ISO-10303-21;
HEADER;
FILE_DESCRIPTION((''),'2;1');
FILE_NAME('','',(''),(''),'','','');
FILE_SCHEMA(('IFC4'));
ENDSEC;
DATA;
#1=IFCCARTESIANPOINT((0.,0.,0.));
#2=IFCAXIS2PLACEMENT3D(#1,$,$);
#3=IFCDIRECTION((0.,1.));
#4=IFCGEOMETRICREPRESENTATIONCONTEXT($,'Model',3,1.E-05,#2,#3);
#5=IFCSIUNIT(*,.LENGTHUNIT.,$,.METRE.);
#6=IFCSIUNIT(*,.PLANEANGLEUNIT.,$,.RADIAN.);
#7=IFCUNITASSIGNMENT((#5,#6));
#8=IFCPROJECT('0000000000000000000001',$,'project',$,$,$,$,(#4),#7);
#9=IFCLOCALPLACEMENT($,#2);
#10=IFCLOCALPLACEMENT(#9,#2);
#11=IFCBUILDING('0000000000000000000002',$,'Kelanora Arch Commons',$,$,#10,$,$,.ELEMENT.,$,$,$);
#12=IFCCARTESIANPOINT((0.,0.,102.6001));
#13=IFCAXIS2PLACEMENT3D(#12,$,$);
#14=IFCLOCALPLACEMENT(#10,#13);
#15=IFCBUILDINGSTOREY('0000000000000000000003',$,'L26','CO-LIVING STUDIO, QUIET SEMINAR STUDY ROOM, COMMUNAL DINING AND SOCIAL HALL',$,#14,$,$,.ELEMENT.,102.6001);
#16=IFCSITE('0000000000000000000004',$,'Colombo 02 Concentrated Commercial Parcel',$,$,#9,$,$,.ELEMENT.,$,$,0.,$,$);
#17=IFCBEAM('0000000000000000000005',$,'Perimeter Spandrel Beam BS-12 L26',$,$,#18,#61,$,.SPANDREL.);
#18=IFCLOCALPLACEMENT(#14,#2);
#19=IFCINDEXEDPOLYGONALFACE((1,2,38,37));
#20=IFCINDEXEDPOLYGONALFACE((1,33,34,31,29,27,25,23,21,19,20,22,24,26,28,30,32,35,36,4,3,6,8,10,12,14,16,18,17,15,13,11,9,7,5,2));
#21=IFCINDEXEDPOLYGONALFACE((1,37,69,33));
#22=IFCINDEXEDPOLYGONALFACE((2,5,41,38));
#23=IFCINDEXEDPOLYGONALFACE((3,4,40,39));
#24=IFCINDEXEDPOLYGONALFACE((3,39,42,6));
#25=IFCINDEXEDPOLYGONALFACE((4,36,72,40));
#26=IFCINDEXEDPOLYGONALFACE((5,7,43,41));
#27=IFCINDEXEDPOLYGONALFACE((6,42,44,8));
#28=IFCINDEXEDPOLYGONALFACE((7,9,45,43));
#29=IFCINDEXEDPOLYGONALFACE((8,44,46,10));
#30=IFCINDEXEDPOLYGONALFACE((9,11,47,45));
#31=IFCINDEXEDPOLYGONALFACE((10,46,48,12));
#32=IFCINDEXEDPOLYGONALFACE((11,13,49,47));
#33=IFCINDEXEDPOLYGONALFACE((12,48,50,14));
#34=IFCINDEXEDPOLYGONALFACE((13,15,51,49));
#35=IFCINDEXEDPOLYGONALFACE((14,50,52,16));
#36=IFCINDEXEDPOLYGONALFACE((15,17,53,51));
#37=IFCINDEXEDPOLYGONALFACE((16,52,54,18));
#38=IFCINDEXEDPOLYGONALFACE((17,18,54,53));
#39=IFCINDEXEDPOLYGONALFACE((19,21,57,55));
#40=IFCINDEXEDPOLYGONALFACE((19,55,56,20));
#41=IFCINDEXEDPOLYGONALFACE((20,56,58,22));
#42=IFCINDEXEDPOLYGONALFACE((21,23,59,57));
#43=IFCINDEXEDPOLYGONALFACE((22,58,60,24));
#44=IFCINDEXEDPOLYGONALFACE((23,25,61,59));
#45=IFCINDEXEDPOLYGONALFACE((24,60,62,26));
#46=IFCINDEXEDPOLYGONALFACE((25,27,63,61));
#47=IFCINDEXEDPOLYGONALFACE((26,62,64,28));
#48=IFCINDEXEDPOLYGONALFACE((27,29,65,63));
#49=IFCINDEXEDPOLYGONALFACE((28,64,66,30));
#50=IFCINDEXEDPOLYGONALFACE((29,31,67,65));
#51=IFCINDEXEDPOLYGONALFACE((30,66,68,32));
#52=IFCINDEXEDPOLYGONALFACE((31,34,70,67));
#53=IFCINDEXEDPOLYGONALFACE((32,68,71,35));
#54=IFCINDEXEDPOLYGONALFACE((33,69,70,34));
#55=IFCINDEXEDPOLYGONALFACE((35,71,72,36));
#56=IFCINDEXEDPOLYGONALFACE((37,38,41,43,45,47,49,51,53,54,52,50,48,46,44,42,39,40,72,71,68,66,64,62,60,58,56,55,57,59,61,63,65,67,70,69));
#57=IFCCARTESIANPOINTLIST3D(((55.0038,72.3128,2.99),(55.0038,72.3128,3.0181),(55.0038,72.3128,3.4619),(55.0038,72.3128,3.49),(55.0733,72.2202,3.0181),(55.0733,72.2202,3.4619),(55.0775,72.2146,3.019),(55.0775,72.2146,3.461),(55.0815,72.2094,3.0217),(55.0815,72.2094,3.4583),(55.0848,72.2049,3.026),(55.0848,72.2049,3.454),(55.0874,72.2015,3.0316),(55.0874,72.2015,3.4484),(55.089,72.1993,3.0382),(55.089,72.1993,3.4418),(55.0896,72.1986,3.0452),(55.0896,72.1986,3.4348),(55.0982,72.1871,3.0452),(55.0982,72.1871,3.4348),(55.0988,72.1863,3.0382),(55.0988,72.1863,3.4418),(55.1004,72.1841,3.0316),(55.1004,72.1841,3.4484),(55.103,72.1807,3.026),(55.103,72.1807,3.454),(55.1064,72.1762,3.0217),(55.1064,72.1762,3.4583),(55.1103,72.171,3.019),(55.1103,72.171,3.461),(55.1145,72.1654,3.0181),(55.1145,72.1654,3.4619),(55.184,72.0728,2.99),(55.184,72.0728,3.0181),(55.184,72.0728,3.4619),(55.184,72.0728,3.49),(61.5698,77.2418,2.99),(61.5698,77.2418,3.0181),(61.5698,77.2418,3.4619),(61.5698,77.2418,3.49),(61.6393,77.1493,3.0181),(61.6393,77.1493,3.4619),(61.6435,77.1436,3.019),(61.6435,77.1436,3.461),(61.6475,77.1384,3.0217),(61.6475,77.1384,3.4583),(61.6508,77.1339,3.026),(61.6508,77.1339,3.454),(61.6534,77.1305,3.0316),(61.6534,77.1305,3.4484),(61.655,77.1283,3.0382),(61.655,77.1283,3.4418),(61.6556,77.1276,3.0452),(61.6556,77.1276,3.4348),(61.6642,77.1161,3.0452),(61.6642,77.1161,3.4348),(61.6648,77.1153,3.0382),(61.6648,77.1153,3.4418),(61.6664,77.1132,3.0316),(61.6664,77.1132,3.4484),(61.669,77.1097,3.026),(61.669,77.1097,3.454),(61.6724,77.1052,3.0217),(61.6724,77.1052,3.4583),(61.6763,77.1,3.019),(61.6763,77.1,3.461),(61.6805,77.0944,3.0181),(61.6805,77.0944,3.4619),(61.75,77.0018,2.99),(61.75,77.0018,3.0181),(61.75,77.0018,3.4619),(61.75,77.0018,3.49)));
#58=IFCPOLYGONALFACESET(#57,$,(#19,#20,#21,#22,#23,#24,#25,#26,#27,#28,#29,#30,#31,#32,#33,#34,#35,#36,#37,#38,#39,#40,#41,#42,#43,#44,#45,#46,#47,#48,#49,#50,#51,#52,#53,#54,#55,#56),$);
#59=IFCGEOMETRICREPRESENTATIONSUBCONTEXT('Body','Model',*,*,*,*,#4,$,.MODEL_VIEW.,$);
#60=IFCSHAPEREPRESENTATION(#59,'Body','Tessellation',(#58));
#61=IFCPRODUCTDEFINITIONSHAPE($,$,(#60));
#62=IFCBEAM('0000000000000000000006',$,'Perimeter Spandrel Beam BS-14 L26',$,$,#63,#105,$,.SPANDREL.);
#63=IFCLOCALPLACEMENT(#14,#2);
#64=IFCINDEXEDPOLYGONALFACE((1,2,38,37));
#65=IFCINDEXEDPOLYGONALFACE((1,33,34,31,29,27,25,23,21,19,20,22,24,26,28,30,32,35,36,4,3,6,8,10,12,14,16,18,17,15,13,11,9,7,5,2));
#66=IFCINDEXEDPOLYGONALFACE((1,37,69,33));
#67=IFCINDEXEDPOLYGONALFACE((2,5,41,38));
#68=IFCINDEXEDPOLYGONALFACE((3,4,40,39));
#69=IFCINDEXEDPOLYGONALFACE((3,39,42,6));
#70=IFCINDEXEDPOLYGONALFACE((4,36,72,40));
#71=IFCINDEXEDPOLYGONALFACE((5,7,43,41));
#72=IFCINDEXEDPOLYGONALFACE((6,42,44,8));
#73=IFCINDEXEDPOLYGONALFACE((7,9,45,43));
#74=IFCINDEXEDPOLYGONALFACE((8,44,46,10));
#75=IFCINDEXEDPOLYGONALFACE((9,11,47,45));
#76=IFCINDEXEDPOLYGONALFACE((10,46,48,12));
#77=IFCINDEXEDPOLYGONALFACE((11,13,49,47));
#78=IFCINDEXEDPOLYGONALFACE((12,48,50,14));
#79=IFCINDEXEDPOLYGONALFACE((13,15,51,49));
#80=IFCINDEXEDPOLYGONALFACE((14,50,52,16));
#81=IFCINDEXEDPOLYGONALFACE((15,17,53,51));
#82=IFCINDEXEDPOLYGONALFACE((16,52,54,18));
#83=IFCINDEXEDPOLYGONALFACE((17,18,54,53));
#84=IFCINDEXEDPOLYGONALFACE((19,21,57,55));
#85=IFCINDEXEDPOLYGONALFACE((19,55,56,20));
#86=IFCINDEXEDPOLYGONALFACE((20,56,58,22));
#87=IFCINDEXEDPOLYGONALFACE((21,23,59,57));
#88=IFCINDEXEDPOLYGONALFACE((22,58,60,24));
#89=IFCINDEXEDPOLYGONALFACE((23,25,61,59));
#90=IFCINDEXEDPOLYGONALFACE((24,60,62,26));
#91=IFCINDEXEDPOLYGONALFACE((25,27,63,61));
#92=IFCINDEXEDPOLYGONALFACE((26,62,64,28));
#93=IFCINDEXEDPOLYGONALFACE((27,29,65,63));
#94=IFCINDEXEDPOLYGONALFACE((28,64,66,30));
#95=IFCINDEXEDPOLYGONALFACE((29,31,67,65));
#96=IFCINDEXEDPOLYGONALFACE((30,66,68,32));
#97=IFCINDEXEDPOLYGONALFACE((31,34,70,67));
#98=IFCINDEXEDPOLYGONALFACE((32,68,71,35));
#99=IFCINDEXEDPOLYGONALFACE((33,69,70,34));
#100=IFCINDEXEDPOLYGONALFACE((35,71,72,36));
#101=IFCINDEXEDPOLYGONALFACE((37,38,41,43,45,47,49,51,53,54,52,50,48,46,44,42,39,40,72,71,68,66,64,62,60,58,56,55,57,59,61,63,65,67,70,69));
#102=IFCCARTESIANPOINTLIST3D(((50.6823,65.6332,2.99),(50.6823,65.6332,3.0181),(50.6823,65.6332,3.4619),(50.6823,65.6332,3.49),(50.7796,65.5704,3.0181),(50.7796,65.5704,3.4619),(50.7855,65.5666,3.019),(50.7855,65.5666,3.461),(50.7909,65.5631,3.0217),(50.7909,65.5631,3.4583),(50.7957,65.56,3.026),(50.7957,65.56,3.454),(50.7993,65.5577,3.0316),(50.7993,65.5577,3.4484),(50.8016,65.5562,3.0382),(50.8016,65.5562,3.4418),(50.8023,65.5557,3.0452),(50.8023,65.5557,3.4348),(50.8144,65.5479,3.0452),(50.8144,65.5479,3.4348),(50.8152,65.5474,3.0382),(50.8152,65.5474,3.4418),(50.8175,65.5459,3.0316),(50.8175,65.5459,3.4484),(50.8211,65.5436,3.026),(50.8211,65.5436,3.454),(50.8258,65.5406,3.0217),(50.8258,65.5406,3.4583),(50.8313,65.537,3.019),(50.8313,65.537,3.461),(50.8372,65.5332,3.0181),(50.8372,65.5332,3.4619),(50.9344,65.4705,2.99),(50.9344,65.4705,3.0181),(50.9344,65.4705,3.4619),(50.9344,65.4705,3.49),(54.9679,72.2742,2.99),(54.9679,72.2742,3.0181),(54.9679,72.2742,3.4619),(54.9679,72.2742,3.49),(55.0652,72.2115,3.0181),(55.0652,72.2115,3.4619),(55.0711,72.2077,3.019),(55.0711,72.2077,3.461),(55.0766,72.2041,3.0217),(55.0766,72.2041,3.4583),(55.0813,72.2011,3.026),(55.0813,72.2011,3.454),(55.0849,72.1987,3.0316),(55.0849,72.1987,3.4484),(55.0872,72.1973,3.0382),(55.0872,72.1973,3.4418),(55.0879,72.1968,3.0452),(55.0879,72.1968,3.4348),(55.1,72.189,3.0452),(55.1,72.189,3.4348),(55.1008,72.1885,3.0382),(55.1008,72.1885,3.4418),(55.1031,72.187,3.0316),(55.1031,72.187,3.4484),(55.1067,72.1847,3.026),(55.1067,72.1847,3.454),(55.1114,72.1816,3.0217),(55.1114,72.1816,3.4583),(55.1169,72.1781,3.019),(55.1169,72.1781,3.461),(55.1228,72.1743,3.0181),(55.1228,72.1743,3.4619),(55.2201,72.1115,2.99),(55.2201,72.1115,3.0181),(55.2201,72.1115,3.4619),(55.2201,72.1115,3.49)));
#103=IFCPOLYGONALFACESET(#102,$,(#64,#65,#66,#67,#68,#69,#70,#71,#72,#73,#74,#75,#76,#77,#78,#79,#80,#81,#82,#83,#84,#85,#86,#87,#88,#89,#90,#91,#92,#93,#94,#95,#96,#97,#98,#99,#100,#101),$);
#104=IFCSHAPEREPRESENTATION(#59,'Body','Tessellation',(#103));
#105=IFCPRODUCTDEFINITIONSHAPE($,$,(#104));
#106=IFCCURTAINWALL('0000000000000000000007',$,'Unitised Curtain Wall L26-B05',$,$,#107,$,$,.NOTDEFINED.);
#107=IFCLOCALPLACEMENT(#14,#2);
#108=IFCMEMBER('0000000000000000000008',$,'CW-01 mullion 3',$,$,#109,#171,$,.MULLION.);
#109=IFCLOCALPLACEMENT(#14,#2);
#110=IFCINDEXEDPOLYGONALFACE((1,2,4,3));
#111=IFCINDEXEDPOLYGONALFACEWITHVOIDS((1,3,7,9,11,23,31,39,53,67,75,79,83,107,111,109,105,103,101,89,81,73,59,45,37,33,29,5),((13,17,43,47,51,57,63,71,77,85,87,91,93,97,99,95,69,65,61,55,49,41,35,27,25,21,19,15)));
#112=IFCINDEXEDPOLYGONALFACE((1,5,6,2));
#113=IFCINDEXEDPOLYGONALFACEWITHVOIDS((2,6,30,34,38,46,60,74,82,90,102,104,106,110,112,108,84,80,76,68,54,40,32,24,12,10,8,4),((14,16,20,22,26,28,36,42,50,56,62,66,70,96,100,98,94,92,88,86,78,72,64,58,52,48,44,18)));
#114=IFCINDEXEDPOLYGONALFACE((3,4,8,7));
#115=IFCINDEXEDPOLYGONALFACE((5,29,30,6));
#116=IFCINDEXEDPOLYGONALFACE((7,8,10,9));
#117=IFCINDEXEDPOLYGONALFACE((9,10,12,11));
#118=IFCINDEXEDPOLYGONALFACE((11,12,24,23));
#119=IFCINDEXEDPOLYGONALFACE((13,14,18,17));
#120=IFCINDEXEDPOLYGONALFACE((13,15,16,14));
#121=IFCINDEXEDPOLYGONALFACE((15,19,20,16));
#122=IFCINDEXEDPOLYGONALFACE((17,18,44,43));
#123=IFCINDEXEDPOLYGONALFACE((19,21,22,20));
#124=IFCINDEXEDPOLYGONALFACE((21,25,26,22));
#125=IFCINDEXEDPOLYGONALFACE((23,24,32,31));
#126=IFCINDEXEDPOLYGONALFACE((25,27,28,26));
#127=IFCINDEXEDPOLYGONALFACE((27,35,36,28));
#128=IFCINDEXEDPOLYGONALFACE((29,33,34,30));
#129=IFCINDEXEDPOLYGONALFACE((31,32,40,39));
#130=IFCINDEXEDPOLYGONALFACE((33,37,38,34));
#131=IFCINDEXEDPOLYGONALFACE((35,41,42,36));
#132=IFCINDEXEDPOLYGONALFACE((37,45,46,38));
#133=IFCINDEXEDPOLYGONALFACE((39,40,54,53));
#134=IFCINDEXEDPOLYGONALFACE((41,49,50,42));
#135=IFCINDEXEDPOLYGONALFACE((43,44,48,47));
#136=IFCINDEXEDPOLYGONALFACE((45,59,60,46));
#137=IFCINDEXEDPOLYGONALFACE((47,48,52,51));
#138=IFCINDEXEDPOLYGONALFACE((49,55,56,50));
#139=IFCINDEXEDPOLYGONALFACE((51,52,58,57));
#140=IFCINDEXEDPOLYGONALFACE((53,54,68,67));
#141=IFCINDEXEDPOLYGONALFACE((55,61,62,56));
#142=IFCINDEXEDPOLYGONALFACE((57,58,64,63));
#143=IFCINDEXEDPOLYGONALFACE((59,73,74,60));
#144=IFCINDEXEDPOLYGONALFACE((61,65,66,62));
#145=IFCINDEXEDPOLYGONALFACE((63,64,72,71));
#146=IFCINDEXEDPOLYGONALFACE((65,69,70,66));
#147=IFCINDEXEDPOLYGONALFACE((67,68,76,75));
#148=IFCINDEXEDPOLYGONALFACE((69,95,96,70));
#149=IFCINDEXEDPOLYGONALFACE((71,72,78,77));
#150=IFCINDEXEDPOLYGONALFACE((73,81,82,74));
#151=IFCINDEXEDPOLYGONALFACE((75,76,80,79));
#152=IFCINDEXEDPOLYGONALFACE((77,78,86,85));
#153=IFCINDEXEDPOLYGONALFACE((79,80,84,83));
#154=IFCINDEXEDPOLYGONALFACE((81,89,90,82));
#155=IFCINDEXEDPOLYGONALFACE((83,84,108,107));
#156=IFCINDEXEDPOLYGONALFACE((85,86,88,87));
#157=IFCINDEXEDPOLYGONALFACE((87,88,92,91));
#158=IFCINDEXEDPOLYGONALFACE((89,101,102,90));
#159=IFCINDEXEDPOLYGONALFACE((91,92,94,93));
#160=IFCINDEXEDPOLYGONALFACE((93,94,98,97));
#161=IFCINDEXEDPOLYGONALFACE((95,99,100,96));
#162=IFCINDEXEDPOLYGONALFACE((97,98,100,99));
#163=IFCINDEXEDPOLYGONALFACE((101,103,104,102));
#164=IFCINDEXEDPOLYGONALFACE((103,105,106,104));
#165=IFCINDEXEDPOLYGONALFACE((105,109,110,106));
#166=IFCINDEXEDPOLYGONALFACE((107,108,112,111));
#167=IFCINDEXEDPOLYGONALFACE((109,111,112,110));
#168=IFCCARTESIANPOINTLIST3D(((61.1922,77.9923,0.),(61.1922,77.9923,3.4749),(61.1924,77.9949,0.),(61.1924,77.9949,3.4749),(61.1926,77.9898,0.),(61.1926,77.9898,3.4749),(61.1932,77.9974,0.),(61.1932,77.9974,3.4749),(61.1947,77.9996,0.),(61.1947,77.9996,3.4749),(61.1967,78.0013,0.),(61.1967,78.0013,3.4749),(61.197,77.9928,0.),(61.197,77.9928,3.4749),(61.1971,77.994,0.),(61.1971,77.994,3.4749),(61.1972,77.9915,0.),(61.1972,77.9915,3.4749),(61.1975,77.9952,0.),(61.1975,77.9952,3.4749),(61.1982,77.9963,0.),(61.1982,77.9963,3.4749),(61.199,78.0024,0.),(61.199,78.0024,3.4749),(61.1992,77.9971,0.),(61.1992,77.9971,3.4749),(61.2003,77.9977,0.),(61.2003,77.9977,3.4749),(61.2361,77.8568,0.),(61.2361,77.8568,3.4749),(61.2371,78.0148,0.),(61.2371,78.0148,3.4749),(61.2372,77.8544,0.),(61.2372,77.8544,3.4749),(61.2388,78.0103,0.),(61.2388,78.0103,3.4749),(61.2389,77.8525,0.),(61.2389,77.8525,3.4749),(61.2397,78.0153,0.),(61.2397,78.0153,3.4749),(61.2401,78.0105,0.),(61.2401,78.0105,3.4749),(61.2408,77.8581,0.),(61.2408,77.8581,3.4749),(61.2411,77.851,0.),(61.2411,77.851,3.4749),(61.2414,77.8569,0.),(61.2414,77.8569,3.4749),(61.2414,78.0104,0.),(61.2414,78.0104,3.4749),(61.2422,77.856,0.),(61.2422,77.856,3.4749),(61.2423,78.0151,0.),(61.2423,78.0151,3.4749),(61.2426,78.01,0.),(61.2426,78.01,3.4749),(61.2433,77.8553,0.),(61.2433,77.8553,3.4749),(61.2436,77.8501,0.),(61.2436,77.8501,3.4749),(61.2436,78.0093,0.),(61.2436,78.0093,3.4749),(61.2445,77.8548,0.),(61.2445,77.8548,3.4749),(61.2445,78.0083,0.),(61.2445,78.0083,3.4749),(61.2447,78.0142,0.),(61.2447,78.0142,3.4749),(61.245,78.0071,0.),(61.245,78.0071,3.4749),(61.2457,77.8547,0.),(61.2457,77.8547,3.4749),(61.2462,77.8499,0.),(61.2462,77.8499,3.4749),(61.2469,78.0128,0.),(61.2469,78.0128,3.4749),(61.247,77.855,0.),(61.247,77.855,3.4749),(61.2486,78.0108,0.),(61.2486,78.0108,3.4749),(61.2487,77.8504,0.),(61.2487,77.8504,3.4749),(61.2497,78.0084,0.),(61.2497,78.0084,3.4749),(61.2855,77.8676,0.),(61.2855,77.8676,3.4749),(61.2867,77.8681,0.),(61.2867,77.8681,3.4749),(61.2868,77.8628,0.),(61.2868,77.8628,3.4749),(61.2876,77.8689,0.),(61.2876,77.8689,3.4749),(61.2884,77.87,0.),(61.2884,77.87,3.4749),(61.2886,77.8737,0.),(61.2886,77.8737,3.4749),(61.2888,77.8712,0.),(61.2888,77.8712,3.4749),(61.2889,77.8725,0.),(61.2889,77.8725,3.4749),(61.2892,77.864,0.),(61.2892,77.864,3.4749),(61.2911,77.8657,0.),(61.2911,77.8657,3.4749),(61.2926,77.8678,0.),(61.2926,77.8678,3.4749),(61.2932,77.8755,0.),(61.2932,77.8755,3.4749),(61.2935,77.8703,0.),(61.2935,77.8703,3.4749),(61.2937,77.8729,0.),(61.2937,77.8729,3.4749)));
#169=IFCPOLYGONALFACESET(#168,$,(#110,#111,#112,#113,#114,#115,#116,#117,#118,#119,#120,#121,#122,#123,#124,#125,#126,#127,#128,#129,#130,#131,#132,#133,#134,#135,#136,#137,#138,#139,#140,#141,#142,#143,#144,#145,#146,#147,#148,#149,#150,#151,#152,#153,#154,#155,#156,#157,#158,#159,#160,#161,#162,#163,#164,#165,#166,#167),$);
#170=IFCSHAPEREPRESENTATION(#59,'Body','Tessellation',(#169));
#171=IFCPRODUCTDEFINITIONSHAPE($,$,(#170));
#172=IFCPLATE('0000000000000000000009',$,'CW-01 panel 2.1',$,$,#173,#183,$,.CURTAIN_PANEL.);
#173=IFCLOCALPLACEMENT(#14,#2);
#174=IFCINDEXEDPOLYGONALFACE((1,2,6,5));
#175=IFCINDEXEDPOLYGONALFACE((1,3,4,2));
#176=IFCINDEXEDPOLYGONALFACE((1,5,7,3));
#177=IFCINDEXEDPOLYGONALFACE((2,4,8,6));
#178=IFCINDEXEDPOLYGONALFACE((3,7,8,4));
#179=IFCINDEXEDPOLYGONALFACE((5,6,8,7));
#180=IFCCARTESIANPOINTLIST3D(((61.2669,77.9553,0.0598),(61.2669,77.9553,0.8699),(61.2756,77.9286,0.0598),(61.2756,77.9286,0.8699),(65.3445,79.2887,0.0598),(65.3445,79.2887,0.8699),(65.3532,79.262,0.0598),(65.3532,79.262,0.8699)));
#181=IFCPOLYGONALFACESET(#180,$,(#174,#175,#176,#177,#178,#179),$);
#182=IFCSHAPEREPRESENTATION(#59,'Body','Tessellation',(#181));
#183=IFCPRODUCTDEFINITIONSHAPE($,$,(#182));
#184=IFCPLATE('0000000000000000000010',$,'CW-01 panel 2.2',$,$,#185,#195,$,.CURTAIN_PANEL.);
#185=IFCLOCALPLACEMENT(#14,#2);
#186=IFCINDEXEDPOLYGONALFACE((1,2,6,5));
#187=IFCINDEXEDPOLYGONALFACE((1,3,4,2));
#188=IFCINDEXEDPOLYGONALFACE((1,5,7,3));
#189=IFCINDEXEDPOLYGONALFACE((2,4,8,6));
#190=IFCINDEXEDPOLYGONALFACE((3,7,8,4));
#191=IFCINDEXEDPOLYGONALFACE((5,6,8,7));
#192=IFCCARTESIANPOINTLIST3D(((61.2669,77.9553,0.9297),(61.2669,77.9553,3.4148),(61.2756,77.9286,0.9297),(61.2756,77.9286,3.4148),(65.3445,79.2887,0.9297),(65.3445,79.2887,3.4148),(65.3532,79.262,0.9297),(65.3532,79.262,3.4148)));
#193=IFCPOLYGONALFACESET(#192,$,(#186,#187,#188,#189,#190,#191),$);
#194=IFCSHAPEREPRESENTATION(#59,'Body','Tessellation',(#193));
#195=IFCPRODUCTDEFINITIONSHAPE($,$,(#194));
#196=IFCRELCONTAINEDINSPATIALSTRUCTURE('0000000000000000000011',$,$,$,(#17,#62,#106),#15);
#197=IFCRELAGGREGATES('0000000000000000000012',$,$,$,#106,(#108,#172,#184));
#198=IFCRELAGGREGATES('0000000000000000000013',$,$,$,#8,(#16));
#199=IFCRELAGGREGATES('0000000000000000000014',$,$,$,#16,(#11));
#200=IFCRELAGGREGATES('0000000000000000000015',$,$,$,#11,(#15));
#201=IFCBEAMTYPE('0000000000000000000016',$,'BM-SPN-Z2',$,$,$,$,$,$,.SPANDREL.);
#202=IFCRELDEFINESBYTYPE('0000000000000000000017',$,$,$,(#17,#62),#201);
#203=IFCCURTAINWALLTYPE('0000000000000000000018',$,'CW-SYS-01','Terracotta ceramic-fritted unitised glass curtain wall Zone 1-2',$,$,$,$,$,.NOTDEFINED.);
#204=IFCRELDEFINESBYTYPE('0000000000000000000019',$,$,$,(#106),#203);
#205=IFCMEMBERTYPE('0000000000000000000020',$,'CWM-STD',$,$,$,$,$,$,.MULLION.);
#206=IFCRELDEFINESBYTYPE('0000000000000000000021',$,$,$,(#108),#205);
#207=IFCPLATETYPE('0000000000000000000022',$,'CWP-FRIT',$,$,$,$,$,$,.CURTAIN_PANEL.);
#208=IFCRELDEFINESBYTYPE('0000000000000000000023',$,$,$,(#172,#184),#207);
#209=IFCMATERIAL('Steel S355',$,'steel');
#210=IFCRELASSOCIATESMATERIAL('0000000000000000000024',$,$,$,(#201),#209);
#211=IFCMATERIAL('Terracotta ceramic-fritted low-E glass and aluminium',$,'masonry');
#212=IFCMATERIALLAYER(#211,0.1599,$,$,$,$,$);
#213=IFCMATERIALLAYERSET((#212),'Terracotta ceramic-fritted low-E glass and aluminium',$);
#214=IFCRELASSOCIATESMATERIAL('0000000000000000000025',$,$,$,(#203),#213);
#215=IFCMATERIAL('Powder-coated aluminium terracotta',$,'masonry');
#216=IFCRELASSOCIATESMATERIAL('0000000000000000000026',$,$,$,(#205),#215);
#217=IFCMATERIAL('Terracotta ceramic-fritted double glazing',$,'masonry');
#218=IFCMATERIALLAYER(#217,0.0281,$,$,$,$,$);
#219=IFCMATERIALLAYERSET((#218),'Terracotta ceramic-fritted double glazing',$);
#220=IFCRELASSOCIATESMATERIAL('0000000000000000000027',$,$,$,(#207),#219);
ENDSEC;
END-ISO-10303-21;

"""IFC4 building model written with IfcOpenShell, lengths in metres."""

from ifc_helpers import new_model, si_unit, direction, frame, origin, origin_2d, place, context, subcontext, project, spatial, rectangle, hollow_rectangle, i_section, extrude, source, transform, mapped, material, layer, layer_set, material_profile, profile_set, type_object, element, aggregate, save


model = new_model("IFC4")

# Units and contexts
model_context = context("Model", 3, precision=1e-05, world=origin(), true_north=direction((0.0, 1.0)))
body_context = subcontext(model_context, "Body", "Model", "MODEL_VIEW")
ifc_project = project(units=[si_unit("LENGTHUNIT", "METRE"), si_unit("PLANEANGLEUNIT", "RADIAN")], contexts=[model_context])

# Site, building, storey
site_placement = place(None, origin())
site = spatial("IfcSite", under=ifc_project, at=site_placement, Name="Colombo 02 Concentrated Commercial Parcel", CompositionType="ELEMENT", RefElevation=0.0)
building_placement = place(site_placement, origin())
building = spatial("IfcBuilding", under=site, at=building_placement, Name="Kelanora Arch Commons", CompositionType="ELEMENT")
storey_placement = place(building_placement, frame((0.0, 0.0, 102.6001)))
storey = spatial("IfcBuildingStorey", under=building, at=storey_placement, Name="L26", Description="CO-LIVING STUDIO, QUIET SEMINAR STUDY ROOM, COMMUNAL DINING AND SOCIAL HALL", CompositionType="ELEMENT", Elevation=102.6001)

# Beams
ifc_material_1 = material(Name="Steel S355", Category="steel")
ifc_material_profile_1 = material_profile(ifc_material_1, i_section(OverallWidth=0.3, OverallDepth=0.5, WebThickness=0.0144, FlangeThickness=0.0281, FilletRadius=0.0271, at=origin_2d()), Name="HEB500")
ifc_profile_set_1 = profile_set([ifc_material_profile_1], Name="Steel S355")
beam_type_1 = type_object("IfcBeamType", Name="BM-SPN-Z2", PredefinedType="SPANDREL", material=ifc_profile_set_1)
beam_1_placement = place(storey_placement, frame((61.6599, 77.1218, 3.24), z_axis=(-0.799736, -0.600352, 0.0), x_axis=(0.600352, -0.799736, 0.0)))
element("IfcBeam", 1, at=beam_1_placement, inside=storey, type_object=beam_type_1, Name="Perimeter Spandrel Beam BS-12 L26", PredefinedType="SPANDREL", context=body_context, shape_type="SweptSolid", body=[
    extrude(i_section(OverallWidth=0.3, OverallDepth=0.5, WebThickness=0.0144, FlangeThickness=0.0281, FilletRadius=0.0271, at=origin_2d()), origin(), (0.0, 0.0, 1.0), 8.2102),
])
beam_2_placement = place(storey_placement, frame((55.094, 72.1929, 3.24), z_axis=(-0.542221, -0.840236, 0.0), x_axis=(0.840236, -0.542221, 0.0)))
element("IfcBeam", 2, at=beam_2_placement, inside=storey, type_object=beam_type_1, Name="Perimeter Spandrel Beam BS-14 L26", PredefinedType="SPANDREL", context=body_context, shape_type="SweptSolid", body=[
    extrude(i_section(OverallWidth=0.3, OverallDepth=0.5, WebThickness=0.0144, FlangeThickness=0.0281, FilletRadius=0.0271, at=origin_2d()), origin(), (0.0, 0.0, 1.0), 7.9038),
])

# Curtain wall, member, plates
ifc_material_2 = material(Name="Terracotta ceramic-fritted low-E glass and aluminium", Category="masonry")
ifc_layer_1 = layer(ifc_material_2, 0.1599)
ifc_layer_set_1 = layer_set([ifc_layer_1], Name="Terracotta ceramic-fritted low-E glass and aluminium")
curtain_wall_type = type_object("IfcCurtainWallType", Name="CW-SYS-01", Description="Terracotta ceramic-fritted unitised glass curtain wall Zone 1-2", PredefinedType="NOTDEFINED", material=ifc_layer_set_1)
curtain_wall_placement = place(storey_placement, origin())
curtain_wall = element("IfcCurtainWall", 3, at=curtain_wall_placement, inside=storey, type_object=curtain_wall_type, Name="Unitised Curtain Wall L26-B05", PredefinedType="NOTDEFINED")
ifc_material_3 = material(Name="Powder-coated aluminium terracotta", Category="masonry")
ifc_material_profile_2 = material_profile(ifc_material_3, hollow_rectangle(XDim=0.1599, YDim=0.0601, WallThickness=0.0049, InnerFilletRadius=0.0049, OuterFilletRadius=0.01, at=origin_2d()), Name="CWM160x60")
ifc_profile_set_2 = profile_set([ifc_material_profile_2], Name="Powder-coated aluminium terracotta")
member_type = type_object("IfcMemberType", Name="CWM-STD", PredefinedType="MULLION", material=ifc_profile_set_2)
member_placement = place(storey_placement, frame((61.2429, 77.9326, 0.0), z_axis=(0.0, 0.0, 1.0), x_axis=(0.310805, -0.950474, 0.0)))
member = element("IfcMember", 4, at=member_placement, type_object=member_type, Name="CW-01 mullion 3", PredefinedType="MULLION", context=body_context, shape_type="SweptSolid", body=[
    extrude(hollow_rectangle(XDim=0.1599, YDim=0.0601, WallThickness=0.0049, InnerFilletRadius=0.0049, OuterFilletRadius=0.01, at=origin_2d()), origin(), (0.0, 0.0, 1.0), 3.4749),
])
ifc_material_4 = material(Name="Terracotta ceramic-fritted double glazing", Category="masonry")
ifc_layer_2 = layer(ifc_material_4, 0.0281)
ifc_layer_set_2 = layer_set([ifc_layer_2], Name="Terracotta ceramic-fritted double glazing")
plate_type = type_object("IfcPlateType", Name="CWP-FRIT", PredefinedType="CURTAIN_PANEL", material=ifc_layer_set_2)
shared_shape_1 = source(origin(), body_context, "Body", "SweptSolid", [
    extrude(rectangle(XDim=4.29, YDim=0.0281, at=origin_2d()), origin(), (0.0, 0.0, 1.0), 0.8101),
])
plate_1_placement = place(storey_placement, frame((63.3101, 78.6086, 0.0598), z_axis=(0.0, 0.0, 1.0), x_axis=(-0.950474, -0.310805, 0.0)))
plate_1 = element("IfcPlate", 5, at=plate_1_placement, type_object=plate_type, Name="CW-01 panel 2.1", PredefinedType="CURTAIN_PANEL", context=body_context, shape_type="MappedRepresentation", body=[
    mapped(shared_shape_1, transform((0.0, 0.0, 0.0), scale=1.0)),
])
shared_shape_2 = source(origin(), body_context, "Body", "SweptSolid", [
    extrude(rectangle(XDim=4.29, YDim=0.0281, at=origin_2d()), origin(), (0.0, 0.0, 1.0), 2.4851),
])
plate_2_placement = place(storey_placement, frame((63.3101, 78.6086, 0.9297), z_axis=(0.0, 0.0, 1.0), x_axis=(-0.950474, -0.310805, 0.0)))
plate_2 = element("IfcPlate", 6, at=plate_2_placement, type_object=plate_type, Name="CW-01 panel 2.2", PredefinedType="CURTAIN_PANEL", context=body_context, shape_type="MappedRepresentation", body=[
    mapped(shared_shape_2, transform((0.0, 0.0, 0.0), scale=1.0)),
])
aggregate(curtain_wall, [member, plate_1, plate_2])

save(model, "model.ifc")
